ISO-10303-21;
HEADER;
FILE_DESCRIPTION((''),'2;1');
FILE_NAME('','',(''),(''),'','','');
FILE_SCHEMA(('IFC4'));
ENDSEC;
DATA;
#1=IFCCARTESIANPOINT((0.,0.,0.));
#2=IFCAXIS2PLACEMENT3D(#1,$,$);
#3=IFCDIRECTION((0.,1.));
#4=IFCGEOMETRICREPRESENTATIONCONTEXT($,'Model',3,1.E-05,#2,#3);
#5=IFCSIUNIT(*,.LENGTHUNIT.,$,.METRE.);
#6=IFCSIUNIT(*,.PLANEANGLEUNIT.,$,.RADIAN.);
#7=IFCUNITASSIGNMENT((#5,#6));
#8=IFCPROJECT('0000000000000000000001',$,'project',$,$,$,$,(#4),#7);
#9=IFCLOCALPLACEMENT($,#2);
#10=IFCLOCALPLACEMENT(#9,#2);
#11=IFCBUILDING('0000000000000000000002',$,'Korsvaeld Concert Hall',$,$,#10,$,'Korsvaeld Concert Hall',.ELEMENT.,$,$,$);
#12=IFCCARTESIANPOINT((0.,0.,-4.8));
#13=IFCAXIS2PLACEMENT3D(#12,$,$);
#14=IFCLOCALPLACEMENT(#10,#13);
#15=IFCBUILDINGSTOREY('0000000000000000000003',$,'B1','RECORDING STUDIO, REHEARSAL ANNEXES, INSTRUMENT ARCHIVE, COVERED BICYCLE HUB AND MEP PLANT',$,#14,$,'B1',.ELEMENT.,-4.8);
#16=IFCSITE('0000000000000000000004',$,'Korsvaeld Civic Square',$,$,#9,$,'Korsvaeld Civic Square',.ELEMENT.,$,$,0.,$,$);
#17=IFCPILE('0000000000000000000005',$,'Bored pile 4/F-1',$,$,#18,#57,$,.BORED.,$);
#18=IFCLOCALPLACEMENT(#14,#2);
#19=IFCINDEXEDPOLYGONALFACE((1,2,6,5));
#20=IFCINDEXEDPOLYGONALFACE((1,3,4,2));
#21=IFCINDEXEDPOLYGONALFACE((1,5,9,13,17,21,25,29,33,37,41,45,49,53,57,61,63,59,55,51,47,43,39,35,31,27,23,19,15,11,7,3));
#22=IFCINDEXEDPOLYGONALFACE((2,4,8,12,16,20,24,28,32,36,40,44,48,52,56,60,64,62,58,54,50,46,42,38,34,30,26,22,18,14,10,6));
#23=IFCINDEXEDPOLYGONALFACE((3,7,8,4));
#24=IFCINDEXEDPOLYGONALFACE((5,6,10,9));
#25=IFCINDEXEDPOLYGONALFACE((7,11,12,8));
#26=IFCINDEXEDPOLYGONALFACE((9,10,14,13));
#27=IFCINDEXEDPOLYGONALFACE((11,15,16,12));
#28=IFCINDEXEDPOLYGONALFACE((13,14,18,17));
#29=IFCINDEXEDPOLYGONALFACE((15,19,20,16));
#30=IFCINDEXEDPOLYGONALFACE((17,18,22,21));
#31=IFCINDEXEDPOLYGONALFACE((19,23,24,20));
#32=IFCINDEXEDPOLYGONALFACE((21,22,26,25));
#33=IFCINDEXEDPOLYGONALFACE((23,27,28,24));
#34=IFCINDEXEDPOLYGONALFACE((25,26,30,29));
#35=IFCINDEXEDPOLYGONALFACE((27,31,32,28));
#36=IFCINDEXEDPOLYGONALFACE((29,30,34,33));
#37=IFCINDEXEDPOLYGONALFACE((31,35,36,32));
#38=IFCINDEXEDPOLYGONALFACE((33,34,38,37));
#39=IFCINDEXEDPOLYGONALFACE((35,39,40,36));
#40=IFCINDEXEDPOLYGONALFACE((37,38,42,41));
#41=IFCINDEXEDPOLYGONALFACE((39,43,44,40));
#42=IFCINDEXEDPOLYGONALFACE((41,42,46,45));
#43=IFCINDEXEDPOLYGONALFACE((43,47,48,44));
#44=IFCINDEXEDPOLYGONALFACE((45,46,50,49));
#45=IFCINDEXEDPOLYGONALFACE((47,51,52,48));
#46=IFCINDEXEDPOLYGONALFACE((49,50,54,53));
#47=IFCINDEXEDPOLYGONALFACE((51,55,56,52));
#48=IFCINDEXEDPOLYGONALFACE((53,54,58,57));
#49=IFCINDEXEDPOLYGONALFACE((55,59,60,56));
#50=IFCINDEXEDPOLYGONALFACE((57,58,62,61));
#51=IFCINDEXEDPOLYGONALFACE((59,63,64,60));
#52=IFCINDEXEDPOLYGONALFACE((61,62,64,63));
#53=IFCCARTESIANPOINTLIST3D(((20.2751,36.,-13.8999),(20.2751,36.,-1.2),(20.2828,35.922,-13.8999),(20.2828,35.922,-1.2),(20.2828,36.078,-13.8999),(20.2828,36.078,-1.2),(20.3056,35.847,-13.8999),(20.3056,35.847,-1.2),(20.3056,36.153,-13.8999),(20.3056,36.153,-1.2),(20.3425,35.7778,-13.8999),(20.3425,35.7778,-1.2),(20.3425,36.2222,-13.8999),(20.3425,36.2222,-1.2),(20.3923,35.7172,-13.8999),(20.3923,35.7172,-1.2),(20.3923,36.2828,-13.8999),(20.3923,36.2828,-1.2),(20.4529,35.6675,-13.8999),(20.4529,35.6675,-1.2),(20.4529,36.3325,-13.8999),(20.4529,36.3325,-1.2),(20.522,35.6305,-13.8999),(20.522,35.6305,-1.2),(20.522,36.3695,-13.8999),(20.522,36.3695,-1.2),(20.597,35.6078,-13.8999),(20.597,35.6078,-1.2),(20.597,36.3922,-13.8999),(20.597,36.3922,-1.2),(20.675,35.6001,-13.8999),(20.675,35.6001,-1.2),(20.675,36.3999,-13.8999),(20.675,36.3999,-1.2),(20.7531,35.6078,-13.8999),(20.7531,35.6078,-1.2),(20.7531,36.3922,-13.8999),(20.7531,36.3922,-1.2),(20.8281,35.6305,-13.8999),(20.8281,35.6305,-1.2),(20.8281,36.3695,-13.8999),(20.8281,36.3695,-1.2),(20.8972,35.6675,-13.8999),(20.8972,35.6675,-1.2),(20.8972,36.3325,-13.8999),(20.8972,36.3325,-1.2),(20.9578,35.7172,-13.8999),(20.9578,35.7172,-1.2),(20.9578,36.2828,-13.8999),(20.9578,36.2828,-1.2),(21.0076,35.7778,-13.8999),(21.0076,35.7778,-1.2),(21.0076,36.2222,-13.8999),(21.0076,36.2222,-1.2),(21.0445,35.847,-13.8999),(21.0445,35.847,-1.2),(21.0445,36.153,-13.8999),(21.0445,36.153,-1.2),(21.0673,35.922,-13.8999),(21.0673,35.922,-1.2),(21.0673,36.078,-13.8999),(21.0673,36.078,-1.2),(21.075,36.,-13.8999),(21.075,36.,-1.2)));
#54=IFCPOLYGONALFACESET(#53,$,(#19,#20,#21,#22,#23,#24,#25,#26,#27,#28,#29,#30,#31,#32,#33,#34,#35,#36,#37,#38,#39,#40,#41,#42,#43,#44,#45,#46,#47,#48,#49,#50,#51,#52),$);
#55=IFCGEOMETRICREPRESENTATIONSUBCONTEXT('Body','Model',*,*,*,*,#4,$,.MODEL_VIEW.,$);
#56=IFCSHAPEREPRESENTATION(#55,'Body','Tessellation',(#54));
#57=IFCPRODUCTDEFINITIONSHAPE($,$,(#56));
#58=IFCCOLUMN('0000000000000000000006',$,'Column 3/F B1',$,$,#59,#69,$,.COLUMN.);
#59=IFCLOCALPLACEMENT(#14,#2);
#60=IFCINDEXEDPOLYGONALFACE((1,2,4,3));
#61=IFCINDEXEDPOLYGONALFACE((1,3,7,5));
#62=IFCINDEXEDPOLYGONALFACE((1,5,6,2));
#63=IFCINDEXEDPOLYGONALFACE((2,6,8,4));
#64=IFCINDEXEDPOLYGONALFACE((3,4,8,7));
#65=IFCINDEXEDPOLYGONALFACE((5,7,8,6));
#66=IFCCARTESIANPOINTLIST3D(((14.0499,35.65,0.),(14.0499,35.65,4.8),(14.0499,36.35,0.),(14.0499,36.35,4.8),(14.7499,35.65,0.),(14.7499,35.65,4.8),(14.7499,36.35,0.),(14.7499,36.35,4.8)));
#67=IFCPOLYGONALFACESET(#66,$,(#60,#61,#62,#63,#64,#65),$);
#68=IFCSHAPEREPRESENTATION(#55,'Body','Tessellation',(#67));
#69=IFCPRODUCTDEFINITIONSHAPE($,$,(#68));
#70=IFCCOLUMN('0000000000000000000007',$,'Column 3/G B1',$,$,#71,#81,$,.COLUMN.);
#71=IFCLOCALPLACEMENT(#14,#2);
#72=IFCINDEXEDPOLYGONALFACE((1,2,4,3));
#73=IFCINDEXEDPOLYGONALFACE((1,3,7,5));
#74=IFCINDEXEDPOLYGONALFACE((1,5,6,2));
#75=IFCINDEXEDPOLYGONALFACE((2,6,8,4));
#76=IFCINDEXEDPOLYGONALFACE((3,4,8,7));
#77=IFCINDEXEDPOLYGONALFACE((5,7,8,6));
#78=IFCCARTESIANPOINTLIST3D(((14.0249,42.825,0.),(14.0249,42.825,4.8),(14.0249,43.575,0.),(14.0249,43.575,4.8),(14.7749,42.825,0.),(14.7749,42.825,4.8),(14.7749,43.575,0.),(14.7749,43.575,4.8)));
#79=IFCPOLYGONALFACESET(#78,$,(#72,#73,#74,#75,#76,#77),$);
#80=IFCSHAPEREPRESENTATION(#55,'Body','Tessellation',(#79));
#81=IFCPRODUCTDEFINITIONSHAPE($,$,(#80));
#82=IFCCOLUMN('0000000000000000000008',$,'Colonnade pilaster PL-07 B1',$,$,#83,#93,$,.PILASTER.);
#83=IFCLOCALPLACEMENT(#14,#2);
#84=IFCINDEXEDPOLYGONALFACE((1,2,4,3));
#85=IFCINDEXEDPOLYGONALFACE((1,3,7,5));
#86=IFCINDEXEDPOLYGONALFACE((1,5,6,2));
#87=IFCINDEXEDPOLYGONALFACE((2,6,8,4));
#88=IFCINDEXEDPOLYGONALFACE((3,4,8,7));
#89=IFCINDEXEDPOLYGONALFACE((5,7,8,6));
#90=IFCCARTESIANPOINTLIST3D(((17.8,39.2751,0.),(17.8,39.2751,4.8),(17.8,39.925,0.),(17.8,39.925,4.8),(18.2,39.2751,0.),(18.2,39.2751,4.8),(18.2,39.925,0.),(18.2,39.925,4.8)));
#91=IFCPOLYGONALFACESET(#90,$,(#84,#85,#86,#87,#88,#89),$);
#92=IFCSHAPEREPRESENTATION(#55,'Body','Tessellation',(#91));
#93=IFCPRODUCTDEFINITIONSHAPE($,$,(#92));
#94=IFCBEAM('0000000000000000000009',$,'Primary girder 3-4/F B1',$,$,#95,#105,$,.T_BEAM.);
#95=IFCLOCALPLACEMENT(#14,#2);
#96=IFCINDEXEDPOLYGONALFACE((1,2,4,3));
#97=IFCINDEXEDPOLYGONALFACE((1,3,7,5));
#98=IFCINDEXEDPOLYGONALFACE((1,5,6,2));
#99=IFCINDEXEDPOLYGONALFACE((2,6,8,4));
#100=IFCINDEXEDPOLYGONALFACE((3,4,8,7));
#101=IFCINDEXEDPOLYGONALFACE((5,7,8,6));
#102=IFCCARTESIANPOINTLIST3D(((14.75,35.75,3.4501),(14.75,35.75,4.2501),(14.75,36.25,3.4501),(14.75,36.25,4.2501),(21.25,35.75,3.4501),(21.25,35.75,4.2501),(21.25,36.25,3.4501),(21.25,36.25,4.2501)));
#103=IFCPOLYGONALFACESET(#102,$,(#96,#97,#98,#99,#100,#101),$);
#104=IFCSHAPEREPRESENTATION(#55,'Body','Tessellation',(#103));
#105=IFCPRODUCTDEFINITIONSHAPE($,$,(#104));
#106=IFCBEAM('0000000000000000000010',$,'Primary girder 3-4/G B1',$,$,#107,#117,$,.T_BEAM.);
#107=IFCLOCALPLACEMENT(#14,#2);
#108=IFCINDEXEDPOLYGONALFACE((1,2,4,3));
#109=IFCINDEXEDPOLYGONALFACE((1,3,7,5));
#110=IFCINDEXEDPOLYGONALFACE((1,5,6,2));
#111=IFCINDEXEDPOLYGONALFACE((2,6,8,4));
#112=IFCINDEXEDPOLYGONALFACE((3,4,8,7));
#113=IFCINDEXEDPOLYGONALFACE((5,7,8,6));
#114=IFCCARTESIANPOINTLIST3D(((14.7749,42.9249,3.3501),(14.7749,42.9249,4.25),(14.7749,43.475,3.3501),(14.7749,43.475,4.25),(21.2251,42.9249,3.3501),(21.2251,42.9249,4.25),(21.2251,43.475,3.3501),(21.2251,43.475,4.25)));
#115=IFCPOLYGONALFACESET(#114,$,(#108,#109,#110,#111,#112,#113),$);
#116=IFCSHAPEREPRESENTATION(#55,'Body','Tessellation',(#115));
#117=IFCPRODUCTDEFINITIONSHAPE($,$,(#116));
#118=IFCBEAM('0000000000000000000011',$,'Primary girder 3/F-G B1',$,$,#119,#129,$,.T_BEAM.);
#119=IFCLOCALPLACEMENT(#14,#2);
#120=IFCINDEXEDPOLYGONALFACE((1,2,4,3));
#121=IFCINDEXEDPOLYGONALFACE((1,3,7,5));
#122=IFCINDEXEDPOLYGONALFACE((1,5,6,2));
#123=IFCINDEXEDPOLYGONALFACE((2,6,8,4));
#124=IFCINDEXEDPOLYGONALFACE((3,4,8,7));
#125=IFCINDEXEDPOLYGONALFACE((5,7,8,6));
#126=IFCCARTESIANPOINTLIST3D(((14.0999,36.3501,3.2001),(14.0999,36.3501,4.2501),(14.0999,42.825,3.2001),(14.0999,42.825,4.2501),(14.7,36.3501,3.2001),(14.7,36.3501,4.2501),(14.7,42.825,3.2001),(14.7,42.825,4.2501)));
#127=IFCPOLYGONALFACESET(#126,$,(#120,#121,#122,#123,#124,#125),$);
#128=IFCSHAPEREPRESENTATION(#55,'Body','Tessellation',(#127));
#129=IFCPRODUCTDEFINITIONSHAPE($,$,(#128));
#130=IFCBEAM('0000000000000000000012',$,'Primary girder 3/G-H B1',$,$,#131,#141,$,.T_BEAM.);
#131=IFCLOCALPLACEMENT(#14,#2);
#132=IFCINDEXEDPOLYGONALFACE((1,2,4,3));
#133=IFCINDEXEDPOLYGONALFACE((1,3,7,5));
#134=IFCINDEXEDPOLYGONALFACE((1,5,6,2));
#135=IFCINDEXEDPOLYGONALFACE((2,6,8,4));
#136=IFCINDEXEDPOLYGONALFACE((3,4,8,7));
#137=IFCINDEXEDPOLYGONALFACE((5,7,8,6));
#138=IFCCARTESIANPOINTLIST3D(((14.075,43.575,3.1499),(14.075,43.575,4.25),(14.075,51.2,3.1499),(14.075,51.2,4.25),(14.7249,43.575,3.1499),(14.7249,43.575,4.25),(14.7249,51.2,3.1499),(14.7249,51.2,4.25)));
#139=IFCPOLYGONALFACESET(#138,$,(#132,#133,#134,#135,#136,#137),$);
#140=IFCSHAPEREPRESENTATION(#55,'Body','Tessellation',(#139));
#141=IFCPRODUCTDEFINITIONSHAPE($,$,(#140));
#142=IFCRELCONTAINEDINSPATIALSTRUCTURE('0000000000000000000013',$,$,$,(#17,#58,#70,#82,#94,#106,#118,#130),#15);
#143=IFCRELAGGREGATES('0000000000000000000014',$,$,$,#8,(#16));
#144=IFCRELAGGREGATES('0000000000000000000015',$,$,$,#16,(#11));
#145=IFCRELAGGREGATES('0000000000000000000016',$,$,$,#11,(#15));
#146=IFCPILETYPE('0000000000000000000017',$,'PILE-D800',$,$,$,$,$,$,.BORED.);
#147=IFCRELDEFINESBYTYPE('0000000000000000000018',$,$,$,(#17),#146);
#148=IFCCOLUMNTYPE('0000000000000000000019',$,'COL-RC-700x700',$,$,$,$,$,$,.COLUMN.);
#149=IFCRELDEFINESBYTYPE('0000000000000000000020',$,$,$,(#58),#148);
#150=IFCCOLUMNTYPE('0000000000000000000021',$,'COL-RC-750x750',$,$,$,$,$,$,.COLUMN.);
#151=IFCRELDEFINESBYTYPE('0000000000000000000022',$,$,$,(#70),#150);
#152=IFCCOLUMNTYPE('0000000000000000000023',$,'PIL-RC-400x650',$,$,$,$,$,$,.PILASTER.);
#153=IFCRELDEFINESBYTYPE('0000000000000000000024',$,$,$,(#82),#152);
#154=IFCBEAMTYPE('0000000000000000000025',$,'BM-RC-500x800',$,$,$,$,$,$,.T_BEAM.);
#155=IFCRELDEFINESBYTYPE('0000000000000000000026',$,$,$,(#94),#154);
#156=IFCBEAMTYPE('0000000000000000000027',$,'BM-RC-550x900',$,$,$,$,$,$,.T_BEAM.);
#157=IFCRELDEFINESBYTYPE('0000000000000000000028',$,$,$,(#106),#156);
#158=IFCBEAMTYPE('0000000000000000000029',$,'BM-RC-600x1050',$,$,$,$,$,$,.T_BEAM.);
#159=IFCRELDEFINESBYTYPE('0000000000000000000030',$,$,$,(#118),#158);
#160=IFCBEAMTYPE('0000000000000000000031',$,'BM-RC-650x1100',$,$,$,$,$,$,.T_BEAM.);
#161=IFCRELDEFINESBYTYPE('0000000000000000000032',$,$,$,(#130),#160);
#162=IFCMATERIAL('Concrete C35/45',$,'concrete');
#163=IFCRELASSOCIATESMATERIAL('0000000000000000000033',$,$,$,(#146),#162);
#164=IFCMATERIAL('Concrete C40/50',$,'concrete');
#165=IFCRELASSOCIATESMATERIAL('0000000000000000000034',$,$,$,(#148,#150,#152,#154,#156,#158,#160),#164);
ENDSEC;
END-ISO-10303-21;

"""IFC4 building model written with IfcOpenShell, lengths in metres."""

from ifc_helpers import new_model, si_unit, direction, frame, origin, origin_2d, place, context, subcontext, project, spatial, rectangle, circle, extrude, material, material_profile, profile_set, type_object, element, save


model = new_model("IFC4")

# Units and contexts
model_context = context("Model", 3, precision=1e-05, world=origin(), true_north=direction((0.0, 1.0)))
body_context = subcontext(model_context, "Body", "Model", "MODEL_VIEW")
ifc_project = project(units=[si_unit("LENGTHUNIT", "METRE"), si_unit("PLANEANGLEUNIT", "RADIAN")], contexts=[model_context])

# Site, building, storey
site_placement = place(None, origin())
site = spatial("IfcSite", under=ifc_project, at=site_placement, Name="Korsvaeld Civic Square", LongName="Korsvaeld Civic Square", CompositionType="ELEMENT", RefElevation=0.0)
building_placement = place(site_placement, origin())
building = spatial("IfcBuilding", under=site, at=building_placement, Name="Korsvaeld Concert Hall", LongName="Korsvaeld Concert Hall", CompositionType="ELEMENT")
storey_placement = place(building_placement, frame((0.0, 0.0, -4.8)))
storey = spatial("IfcBuildingStorey", under=building, at=storey_placement, Name="B1", Description="RECORDING STUDIO, REHEARSAL ANNEXES, INSTRUMENT ARCHIVE, COVERED BICYCLE HUB AND MEP PLANT", LongName="B1", CompositionType="ELEMENT", Elevation=-4.8)

# Shared definitions
ifc_material_1 = material(Name="Concrete C35/45", Category="concrete")

# Pile
ifc_material_profile_1 = material_profile(ifc_material_1, circle(Radius=0.3999, at=origin_2d()), Name="BORED PILE D800")
ifc_profile_set_1 = profile_set([ifc_material_profile_1], Name="Concrete C35/45")
pile_type_1 = type_object("IfcPileType", Name="PILE-D800", PredefinedType="BORED", material=ifc_profile_set_1)
for number, where, z_axis, x_axis, name in (
    (1, (20.675, 36.0, -1.2), (0.0, 0.0, -1.0), (1.0, 0.0, 0.0), "Bored pile 4/F-1"),
):
    element("IfcPile", number, at=place(storey_placement, frame(where, z_axis=z_axis, x_axis=x_axis)), inside=storey, type_object=pile_type_1, Name=name, PredefinedType="BORED", context=body_context, shape_type="SweptSolid", body=[
        extrude(circle(Radius=0.3999, at=origin_2d()), origin(), (0.0, 0.0, 1.0), 12.7),
    ])

# Columns
ifc_material_2 = material(Name="Concrete C40/50", Category="concrete")
ifc_material_profile_2 = material_profile(ifc_material_2, rectangle(XDim=0.7, YDim=0.7, at=origin_2d()), Name="RC 700x700")
ifc_profile_set_2 = profile_set([ifc_material_profile_2], Name="Concrete C40/50")
column_type_1 = type_object("IfcColumnType", Name="COL-RC-700x700", PredefinedType="COLUMN", material=ifc_profile_set_2)
column_1_placement = place(storey_placement, frame((14.3999, 36.0, 0.0), z_axis=(0.0, 0.0, 1.0), x_axis=(1.0, 0.0, 0.0)))
element("IfcColumn", 2, at=column_1_placement, inside=storey, type_object=column_type_1, Name="Column 3/F B1", PredefinedType="COLUMN", context=body_context, shape_type="SweptSolid", body=[
    extrude(rectangle(XDim=0.7, YDim=0.7, at=origin_2d()), origin(), (0.0, 0.0, 1.0), 4.8),
])
ifc_material_profile_3 = material_profile(ifc_material_2, rectangle(XDim=0.75, YDim=0.75, at=origin_2d()), Name="RC 750x750")
ifc_profile_set_3 = profile_set([ifc_material_profile_3], Name="Concrete C40/50")
column_type_2 = type_object("IfcColumnType", Name="COL-RC-750x750", PredefinedType="COLUMN", material=ifc_profile_set_3)
column_2_placement = place(storey_placement, frame((14.3999, 43.2, 0.0), z_axis=(0.0, 0.0, 1.0), x_axis=(1.0, 0.0, 0.0)))
element("IfcColumn", 3, at=column_2_placement, inside=storey, type_object=column_type_2, Name="Column 3/G B1", PredefinedType="COLUMN", context=body_context, shape_type="SweptSolid", body=[
    extrude(rectangle(XDim=0.75, YDim=0.75, at=origin_2d()), origin(), (0.0, 0.0, 1.0), 4.8),
])
ifc_material_profile_4 = material_profile(ifc_material_2, rectangle(XDim=0.3999, YDim=0.6499, at=origin_2d()), Name="RC 400x650")
ifc_profile_set_4 = profile_set([ifc_material_profile_4], Name="Concrete C40/50")
column_type_3 = type_object("IfcColumnType", Name="PIL-RC-400x650", PredefinedType="PILASTER", material=ifc_profile_set_4)
column_3_placement = place(storey_placement, frame((18.0, 39.6001, 0.0), z_axis=(0.0, 0.0, 1.0), x_axis=(1.0, 0.0, 0.0)))
element("IfcColumn", 4, at=column_3_placement, inside=storey, type_object=column_type_3, Name="Colonnade pilaster PL-07 B1", PredefinedType="PILASTER", context=body_context, shape_type="SweptSolid", body=[
    extrude(rectangle(XDim=0.3999, YDim=0.6499, at=origin_2d()), origin(), (0.0, 0.0, 1.0), 4.8),
])

# Beams
ifc_material_profile_5 = material_profile(ifc_material_2, rectangle(XDim=0.5, YDim=0.8, at=origin_2d()), Name="RC 500x800")
ifc_profile_set_5 = profile_set([ifc_material_profile_5], Name="Concrete C40/50")
beam_type_1 = type_object("IfcBeamType", Name="BM-RC-500x800", PredefinedType="T_BEAM", material=ifc_profile_set_5)
beam_1_placement = place(storey_placement, frame((14.75, 36.0, 3.8501), z_axis=(1.0, 0.0, 0.0), x_axis=(0.0, 1.0, 0.0)))
element("IfcBeam", 5, at=beam_1_placement, inside=storey, type_object=beam_type_1, Name="Primary girder 3-4/F B1", PredefinedType="T_BEAM", context=body_context, shape_type="SweptSolid", body=[
    extrude(rectangle(XDim=0.5, YDim=0.8, at=origin_2d()), origin(), (0.0, 0.0, 1.0), 6.5),
])
ifc_material_profile_6 = material_profile(ifc_material_2, rectangle(XDim=0.55, YDim=0.8999, at=origin_2d()), Name="RC 550x900")
ifc_profile_set_6 = profile_set([ifc_material_profile_6], Name="Concrete C40/50")
beam_type_2 = type_object("IfcBeamType", Name="BM-RC-550x900", PredefinedType="T_BEAM", material=ifc_profile_set_6)
beam_2_placement = place(storey_placement, frame((14.7749, 43.2, 3.8), z_axis=(1.0, 0.0, 0.0), x_axis=(0.0, 1.0, 0.0)))
element("IfcBeam", 6, at=beam_2_placement, inside=storey, type_object=beam_type_2, Name="Primary girder 3-4/G B1", PredefinedType="T_BEAM", context=body_context, shape_type="SweptSolid", body=[
    extrude(rectangle(XDim=0.55, YDim=0.8999, at=origin_2d()), origin(), (0.0, 0.0, 1.0), 6.4502),
])
ifc_material_profile_7 = material_profile(ifc_material_2, rectangle(XDim=0.6001, YDim=1.05, at=origin_2d()), Name="RC 600x1050")
ifc_profile_set_7 = profile_set([ifc_material_profile_7], Name="Concrete C40/50")
beam_type_3 = type_object("IfcBeamType", Name="BM-RC-600x1050", PredefinedType="T_BEAM", material=ifc_profile_set_7)
beam_3_placement = place(storey_placement, frame((14.3999, 36.3501, 3.7251), z_axis=(0.0, 1.0, 0.0), x_axis=(-1.0, 0.0, 0.0)))
element("IfcBeam", 7, at=beam_3_placement, inside=storey, type_object=beam_type_3, Name="Primary girder 3/F-G B1", PredefinedType="T_BEAM", context=body_context, shape_type="SweptSolid", body=[
    extrude(rectangle(XDim=0.6001, YDim=1.05, at=origin_2d()), origin(), (0.0, 0.0, 1.0), 6.4749),
])
ifc_material_profile_8 = material_profile(ifc_material_2, rectangle(XDim=0.6499, YDim=1.1001, at=origin_2d()), Name="RC 650x1100")
ifc_profile_set_8 = profile_set([ifc_material_profile_8], Name="Concrete C40/50")
beam_type_4 = type_object("IfcBeamType", Name="BM-RC-650x1100", PredefinedType="T_BEAM", material=ifc_profile_set_8)
beam_4_placement = place(storey_placement, frame((14.3999, 43.575, 3.7), z_axis=(0.0, 1.0, 0.0), x_axis=(-1.0, 0.0, 0.0)))
element("IfcBeam", 8, at=beam_4_placement, inside=storey, type_object=beam_type_4, Name="Primary girder 3/G-H B1", PredefinedType="T_BEAM", context=body_context, shape_type="SweptSolid", body=[
    extrude(rectangle(XDim=0.6499, YDim=1.1001, at=origin_2d()), origin(), (0.0, 0.0, 1.0), 7.625),
])

save(model, "model.ifc")
